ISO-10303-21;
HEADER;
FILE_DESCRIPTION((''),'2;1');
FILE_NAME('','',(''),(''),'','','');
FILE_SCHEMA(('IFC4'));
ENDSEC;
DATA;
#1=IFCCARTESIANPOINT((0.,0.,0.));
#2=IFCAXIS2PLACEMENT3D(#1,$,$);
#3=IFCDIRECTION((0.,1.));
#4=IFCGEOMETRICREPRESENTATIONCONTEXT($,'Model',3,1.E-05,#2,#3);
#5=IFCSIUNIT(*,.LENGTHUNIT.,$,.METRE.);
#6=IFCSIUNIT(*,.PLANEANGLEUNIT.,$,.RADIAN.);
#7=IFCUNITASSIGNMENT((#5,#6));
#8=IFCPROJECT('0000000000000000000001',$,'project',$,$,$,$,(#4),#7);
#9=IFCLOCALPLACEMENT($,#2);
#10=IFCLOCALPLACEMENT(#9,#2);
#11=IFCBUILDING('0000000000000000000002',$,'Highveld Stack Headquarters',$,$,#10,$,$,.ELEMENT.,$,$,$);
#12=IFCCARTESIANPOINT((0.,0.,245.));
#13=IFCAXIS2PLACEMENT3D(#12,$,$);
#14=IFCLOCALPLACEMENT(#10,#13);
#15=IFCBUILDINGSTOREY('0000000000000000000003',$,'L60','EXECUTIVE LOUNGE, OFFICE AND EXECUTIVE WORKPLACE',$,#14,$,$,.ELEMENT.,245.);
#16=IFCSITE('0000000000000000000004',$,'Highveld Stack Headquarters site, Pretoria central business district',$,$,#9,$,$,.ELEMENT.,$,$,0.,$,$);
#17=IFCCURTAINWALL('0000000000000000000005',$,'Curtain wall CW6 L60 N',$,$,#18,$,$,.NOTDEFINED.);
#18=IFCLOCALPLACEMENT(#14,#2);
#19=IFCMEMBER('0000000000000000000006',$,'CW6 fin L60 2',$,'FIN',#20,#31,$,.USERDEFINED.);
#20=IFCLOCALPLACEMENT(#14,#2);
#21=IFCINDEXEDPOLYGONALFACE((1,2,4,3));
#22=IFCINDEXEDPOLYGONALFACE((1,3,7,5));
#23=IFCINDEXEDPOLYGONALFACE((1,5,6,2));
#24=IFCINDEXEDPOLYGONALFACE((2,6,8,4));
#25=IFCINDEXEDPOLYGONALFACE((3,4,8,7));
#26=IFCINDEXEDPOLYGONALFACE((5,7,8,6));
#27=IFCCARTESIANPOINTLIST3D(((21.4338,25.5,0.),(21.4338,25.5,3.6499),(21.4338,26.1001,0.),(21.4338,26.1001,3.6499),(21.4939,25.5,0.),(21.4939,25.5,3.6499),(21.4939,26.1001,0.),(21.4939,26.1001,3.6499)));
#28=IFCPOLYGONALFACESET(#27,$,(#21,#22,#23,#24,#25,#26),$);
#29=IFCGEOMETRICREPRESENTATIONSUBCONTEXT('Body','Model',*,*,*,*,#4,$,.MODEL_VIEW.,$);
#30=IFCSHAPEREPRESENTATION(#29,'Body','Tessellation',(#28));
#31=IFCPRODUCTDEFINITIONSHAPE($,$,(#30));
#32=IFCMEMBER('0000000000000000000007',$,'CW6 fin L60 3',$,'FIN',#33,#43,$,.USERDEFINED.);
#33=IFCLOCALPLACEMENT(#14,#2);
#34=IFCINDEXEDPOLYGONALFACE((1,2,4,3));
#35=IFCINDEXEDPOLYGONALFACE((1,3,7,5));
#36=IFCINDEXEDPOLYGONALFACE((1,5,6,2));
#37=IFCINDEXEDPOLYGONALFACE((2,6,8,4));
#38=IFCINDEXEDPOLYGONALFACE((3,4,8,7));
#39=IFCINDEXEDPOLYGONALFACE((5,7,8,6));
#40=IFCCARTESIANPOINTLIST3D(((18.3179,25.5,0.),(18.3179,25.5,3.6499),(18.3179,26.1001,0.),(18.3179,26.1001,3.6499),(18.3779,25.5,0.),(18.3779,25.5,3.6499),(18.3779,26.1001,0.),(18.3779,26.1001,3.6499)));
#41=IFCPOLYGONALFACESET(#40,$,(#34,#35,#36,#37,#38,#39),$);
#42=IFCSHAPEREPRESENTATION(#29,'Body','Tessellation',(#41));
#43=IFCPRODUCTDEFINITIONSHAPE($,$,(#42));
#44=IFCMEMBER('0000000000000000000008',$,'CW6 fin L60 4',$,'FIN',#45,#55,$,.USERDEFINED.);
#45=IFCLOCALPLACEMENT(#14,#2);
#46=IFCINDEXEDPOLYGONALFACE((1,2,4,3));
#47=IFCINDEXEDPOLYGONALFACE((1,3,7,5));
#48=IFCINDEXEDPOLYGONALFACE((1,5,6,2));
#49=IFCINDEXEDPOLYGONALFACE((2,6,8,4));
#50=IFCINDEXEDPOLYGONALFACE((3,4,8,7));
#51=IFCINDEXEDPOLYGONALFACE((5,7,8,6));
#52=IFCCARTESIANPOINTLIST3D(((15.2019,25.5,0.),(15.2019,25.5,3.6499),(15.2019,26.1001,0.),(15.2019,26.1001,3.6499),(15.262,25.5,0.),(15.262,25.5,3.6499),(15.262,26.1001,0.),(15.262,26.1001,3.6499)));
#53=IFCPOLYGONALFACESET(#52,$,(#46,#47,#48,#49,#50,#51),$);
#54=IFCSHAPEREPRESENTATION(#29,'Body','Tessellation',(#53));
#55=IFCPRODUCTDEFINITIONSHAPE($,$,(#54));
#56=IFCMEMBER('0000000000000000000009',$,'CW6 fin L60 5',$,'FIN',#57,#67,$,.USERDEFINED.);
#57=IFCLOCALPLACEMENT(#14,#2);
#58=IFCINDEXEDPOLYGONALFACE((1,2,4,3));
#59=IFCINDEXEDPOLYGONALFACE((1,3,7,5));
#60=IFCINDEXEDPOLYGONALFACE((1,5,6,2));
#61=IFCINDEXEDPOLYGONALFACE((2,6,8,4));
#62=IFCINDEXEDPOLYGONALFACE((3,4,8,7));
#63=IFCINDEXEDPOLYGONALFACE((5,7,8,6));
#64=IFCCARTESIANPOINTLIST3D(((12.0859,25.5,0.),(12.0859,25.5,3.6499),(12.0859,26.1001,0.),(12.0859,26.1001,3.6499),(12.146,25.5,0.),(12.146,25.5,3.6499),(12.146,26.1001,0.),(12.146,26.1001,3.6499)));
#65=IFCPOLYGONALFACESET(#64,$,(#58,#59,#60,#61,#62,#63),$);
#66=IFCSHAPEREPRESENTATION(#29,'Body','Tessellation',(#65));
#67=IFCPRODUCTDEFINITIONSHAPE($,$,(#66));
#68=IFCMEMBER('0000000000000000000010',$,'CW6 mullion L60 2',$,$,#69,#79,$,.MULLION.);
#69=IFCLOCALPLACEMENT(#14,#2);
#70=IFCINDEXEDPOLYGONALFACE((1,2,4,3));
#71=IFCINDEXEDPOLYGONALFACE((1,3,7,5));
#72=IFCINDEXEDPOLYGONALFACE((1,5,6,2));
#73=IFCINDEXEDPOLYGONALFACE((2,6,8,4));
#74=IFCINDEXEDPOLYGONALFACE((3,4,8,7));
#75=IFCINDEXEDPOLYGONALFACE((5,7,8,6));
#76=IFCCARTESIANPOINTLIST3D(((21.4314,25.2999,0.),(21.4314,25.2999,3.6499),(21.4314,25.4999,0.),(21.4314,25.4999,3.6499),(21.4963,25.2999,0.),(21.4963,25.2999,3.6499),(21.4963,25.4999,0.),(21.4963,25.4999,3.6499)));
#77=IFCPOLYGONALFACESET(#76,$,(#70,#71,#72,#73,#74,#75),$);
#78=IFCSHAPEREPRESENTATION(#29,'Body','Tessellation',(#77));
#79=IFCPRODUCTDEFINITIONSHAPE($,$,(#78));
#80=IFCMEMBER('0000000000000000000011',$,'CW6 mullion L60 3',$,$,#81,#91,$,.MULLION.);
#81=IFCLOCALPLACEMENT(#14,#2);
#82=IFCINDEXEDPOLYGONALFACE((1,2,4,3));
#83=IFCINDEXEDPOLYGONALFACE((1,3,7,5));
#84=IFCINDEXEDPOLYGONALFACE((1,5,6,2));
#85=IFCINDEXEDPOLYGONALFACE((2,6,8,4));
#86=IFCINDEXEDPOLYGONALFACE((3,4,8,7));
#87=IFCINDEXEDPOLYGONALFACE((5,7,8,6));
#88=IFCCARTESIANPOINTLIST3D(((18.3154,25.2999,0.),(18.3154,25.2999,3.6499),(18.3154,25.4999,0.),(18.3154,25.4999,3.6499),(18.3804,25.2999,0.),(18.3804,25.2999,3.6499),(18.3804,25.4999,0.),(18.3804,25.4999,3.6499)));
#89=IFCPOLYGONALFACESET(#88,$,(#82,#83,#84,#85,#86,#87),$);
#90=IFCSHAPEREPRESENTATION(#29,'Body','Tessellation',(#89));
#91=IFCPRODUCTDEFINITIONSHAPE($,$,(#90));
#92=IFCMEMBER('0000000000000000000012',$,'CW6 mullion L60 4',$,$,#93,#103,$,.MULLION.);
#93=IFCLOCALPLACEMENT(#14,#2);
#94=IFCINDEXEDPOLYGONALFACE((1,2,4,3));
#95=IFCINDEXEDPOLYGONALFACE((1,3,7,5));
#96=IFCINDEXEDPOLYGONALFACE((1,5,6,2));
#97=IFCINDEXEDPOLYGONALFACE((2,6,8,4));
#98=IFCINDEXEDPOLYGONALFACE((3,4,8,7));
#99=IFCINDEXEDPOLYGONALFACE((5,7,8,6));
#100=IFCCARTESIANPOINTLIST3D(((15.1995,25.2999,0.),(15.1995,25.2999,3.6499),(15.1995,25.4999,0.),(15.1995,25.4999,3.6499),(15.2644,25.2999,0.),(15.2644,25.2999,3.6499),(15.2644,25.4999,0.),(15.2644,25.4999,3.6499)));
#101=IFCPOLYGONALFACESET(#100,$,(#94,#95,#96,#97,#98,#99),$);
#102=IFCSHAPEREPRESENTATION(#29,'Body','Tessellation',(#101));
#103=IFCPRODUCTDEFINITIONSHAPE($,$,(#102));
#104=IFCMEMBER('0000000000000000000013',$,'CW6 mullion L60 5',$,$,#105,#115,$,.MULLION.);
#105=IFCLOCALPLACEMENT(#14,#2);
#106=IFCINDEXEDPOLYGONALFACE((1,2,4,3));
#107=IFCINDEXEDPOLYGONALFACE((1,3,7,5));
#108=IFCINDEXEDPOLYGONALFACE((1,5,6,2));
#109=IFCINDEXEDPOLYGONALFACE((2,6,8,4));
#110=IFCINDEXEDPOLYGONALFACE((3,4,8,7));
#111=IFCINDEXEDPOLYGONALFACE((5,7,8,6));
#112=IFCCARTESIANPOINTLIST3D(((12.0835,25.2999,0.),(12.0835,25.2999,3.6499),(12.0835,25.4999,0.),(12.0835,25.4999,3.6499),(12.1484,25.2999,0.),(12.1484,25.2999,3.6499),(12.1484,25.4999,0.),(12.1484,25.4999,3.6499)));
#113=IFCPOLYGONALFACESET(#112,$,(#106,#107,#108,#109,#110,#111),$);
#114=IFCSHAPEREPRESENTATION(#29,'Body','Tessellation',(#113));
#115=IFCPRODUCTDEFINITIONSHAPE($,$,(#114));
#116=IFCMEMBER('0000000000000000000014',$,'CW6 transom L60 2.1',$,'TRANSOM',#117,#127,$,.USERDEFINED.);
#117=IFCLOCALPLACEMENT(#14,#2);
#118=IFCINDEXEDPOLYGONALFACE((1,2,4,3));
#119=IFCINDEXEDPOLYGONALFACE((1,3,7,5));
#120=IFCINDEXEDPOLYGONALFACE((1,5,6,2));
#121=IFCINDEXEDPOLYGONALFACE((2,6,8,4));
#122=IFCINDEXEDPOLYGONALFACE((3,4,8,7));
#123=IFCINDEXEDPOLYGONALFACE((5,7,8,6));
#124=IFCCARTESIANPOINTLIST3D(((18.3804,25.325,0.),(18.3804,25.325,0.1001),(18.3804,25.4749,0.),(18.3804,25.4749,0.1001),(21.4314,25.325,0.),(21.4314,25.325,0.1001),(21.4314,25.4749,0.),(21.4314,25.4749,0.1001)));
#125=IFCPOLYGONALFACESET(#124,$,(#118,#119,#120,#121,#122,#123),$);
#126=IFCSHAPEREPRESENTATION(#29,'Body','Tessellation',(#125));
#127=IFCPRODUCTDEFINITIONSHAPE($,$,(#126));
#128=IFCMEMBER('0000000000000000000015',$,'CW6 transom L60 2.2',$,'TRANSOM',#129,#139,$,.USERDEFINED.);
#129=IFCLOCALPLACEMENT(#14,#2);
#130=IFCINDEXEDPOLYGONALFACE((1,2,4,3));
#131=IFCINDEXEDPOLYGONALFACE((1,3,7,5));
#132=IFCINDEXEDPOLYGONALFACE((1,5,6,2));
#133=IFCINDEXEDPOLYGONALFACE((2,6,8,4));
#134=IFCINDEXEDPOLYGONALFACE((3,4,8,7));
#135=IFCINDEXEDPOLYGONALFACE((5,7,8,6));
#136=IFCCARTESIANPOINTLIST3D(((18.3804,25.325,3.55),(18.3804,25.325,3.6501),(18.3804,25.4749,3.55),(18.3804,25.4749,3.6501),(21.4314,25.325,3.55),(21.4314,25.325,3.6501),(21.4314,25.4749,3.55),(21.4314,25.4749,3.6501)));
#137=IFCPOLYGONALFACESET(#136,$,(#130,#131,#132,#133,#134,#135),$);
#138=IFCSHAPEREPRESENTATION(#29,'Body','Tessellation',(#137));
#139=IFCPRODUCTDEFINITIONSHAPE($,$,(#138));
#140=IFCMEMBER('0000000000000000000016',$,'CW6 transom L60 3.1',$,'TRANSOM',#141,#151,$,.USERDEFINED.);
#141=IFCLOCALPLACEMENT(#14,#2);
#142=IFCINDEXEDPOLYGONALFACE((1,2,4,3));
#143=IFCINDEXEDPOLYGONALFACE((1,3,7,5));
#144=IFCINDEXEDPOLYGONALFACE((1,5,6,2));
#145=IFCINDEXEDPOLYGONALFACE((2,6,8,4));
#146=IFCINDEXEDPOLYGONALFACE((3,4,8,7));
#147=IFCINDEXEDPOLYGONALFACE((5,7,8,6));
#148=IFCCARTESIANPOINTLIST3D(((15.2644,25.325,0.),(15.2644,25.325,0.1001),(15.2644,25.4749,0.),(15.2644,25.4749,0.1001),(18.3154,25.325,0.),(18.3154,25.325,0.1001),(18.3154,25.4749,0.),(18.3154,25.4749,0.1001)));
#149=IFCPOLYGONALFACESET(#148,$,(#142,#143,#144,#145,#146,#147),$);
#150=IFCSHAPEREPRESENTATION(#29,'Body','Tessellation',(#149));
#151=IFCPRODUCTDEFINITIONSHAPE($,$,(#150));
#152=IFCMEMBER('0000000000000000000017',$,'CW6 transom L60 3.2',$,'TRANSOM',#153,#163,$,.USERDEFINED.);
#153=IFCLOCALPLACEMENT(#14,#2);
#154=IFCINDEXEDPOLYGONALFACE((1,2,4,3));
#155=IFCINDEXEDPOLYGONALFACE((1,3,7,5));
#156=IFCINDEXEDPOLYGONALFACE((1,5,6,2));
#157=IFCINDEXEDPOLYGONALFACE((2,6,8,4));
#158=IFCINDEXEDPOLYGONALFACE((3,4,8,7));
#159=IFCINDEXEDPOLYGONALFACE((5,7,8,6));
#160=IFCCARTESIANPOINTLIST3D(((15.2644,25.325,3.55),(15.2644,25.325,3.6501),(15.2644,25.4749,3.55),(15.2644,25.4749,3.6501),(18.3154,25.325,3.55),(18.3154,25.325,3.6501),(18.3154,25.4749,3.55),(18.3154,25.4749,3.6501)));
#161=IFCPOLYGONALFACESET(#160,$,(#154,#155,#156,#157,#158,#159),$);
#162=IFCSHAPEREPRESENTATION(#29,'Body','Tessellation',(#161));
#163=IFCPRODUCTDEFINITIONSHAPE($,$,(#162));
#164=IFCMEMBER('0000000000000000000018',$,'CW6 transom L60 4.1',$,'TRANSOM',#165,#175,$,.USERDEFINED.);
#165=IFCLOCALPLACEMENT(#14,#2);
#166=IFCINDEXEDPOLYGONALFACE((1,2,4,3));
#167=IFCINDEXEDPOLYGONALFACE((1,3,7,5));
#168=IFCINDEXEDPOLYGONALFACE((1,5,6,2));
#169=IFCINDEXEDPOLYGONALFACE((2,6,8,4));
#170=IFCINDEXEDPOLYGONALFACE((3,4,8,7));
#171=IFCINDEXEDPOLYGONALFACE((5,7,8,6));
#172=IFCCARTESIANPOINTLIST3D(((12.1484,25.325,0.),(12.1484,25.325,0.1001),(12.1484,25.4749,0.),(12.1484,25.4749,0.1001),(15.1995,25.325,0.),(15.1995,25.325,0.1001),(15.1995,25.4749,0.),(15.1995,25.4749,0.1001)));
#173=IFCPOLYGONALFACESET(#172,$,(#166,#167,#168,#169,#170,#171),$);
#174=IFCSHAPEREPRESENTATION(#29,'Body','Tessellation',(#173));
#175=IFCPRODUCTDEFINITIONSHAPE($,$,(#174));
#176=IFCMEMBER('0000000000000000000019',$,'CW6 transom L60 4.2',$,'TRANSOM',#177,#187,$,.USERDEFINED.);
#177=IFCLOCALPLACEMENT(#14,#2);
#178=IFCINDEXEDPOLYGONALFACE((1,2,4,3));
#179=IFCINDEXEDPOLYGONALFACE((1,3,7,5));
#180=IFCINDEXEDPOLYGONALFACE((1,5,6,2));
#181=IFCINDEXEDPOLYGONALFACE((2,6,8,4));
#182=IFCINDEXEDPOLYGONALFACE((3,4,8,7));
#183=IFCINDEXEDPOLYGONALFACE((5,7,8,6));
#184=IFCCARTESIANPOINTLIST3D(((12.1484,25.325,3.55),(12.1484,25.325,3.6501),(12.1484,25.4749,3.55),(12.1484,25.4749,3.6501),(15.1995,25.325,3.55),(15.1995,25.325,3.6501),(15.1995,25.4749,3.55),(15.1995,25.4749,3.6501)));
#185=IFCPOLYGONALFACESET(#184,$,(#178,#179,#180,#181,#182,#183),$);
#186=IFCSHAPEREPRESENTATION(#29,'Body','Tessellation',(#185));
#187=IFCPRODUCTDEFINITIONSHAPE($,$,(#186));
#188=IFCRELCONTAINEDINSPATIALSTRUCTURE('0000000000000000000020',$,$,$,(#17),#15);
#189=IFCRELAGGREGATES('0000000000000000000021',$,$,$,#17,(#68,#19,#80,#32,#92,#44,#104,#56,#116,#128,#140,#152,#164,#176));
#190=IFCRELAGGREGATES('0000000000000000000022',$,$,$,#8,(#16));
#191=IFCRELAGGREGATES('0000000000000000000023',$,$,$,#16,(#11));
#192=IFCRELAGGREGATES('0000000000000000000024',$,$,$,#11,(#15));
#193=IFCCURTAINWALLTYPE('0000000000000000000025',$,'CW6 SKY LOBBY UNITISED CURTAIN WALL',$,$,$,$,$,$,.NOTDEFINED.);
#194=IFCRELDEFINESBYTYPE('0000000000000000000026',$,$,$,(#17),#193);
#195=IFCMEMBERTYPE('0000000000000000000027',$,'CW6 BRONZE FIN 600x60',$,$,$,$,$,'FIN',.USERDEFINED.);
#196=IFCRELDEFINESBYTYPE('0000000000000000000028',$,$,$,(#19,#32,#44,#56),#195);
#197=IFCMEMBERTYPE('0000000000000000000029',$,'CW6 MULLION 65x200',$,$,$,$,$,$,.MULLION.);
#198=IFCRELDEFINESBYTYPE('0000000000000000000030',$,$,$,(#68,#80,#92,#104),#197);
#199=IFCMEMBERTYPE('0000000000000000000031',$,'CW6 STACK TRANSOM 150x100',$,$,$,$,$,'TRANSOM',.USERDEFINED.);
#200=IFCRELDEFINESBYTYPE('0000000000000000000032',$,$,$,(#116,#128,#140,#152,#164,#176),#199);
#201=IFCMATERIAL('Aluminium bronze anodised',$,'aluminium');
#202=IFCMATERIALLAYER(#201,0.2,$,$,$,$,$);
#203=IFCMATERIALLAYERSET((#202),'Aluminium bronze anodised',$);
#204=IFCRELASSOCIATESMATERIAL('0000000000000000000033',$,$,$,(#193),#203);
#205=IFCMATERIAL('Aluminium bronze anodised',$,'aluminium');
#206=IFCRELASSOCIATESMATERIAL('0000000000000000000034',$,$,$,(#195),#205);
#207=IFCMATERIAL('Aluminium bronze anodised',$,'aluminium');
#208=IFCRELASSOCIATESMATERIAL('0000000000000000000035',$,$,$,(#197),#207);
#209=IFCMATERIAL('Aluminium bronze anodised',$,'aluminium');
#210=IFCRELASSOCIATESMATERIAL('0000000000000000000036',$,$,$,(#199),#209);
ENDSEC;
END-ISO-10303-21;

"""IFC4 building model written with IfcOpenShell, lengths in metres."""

from ifc_helpers import new_model, si_unit, direction, frame, origin, origin_2d, place, context, subcontext, project, spatial, rectangle, extrude, material, layer, layer_set, material_profile, profile_set, type_object, element, aggregate, save


model = new_model("IFC4")

# Units and contexts
model_context = context("Model", 3, precision=1e-05, world=origin(), true_north=direction((0.0, 1.0)))
body_context = subcontext(model_context, "Body", "Model", "MODEL_VIEW")
ifc_project = project(units=[si_unit("LENGTHUNIT", "METRE"), si_unit("PLANEANGLEUNIT", "RADIAN")], contexts=[model_context])

# Site, building, storey
site_placement = place(None, origin())
site = spatial("IfcSite", under=ifc_project, at=site_placement, Name="Highveld Stack Headquarters site, Pretoria central business district", CompositionType="ELEMENT", RefElevation=0.0)
building_placement = place(site_placement, origin())
building = spatial("IfcBuilding", under=site, at=building_placement, Name="Highveld Stack Headquarters", CompositionType="ELEMENT")
storey_placement = place(building_placement, frame((0.0, 0.0, 245.0)))
storey = spatial("IfcBuildingStorey", under=building, at=storey_placement, Name="L60", Description="EXECUTIVE LOUNGE, OFFICE AND EXECUTIVE WORKPLACE", CompositionType="ELEMENT", Elevation=245.0)

# Curtain wall, members
ifc_material_1 = material(Name="Aluminium bronze anodised", Category="aluminium")
ifc_layer_1 = layer(ifc_material_1, 0.2)
ifc_layer_set_1 = layer_set([ifc_layer_1], Name="Aluminium bronze anodised")
curtain_wall_type = type_object("IfcCurtainWallType", Name="CW6 SKY LOBBY UNITISED CURTAIN WALL", PredefinedType="NOTDEFINED", material=ifc_layer_set_1)
curtain_wall_placement = place(storey_placement, origin())
curtain_wall = element("IfcCurtainWall", 1, at=curtain_wall_placement, inside=storey, type_object=curtain_wall_type, Name="Curtain wall CW6 L60 N", PredefinedType="NOTDEFINED")
ifc_material_2 = material(Name="Aluminium bronze anodised", Category="aluminium")
ifc_material_profile_1 = material_profile(ifc_material_2, rectangle(XDim=0.6001, YDim=0.0601, at=origin_2d()), Name="FIN 600x60")
ifc_profile_set_1 = profile_set([ifc_material_profile_1], Name="Aluminium bronze anodised")
member_type_1 = type_object("IfcMemberType", Name="CW6 BRONZE FIN 600x60", ElementType="FIN", PredefinedType="USERDEFINED", material=ifc_profile_set_1)
member_1_placement = place(storey_placement, frame((21.4639, 25.8, 0.0), z_axis=(0.0, 0.0, 1.0), x_axis=(0.0, -1.0, 0.0)))
member_1 = element("IfcMember", 2, at=member_1_placement, type_object=member_type_1, Name="CW6 fin L60 2", ObjectType="FIN", PredefinedType="USERDEFINED", context=body_context, shape_type="SweptSolid", body=[
    extrude(rectangle(XDim=0.6001, YDim=0.0601, at=origin_2d()), origin(), (0.0, 0.0, 1.0), 3.6499),
])
member_2_placement = place(storey_placement, frame((18.3479, 25.8, 0.0), z_axis=(0.0, 0.0, 1.0), x_axis=(0.0, -1.0, 0.0)))
member_2 = element("IfcMember", 3, at=member_2_placement, type_object=member_type_1, Name="CW6 fin L60 3", ObjectType="FIN", PredefinedType="USERDEFINED", context=body_context, shape_type="SweptSolid", body=[
    extrude(rectangle(XDim=0.6001, YDim=0.0601, at=origin_2d()), origin(), (0.0, 0.0, 1.0), 3.6499),
])
member_3_placement = place(storey_placement, frame((15.2319, 25.8, 0.0), z_axis=(0.0, 0.0, 1.0), x_axis=(0.0, -1.0, 0.0)))
member_3 = element("IfcMember", 4, at=member_3_placement, type_object=member_type_1, Name="CW6 fin L60 4", ObjectType="FIN", PredefinedType="USERDEFINED", context=body_context, shape_type="SweptSolid", body=[
    extrude(rectangle(XDim=0.6001, YDim=0.0601, at=origin_2d()), origin(), (0.0, 0.0, 1.0), 3.6499),
])
member_4_placement = place(storey_placement, frame((12.116, 25.8, 0.0), z_axis=(0.0, 0.0, 1.0), x_axis=(0.0, -1.0, 0.0)))
member_4 = element("IfcMember", 5, at=member_4_placement, type_object=member_type_1, Name="CW6 fin L60 5", ObjectType="FIN", PredefinedType="USERDEFINED", context=body_context, shape_type="SweptSolid", body=[
    extrude(rectangle(XDim=0.6001, YDim=0.0601, at=origin_2d()), origin(), (0.0, 0.0, 1.0), 3.6499),
])
ifc_material_3 = material(Name="Aluminium bronze anodised", Category="aluminium")
ifc_material_profile_2 = material_profile(ifc_material_3, rectangle(XDim=0.2, YDim=0.0649, at=origin_2d()), Name="CW6 MULLION 65x200")
ifc_profile_set_2 = profile_set([ifc_material_profile_2], Name="Aluminium bronze anodised")
member_type_2 = type_object("IfcMemberType", Name="CW6 MULLION 65x200", PredefinedType="MULLION", material=ifc_profile_set_2)
member_5_placement = place(storey_placement, frame((21.4639, 25.3999, 0.0), z_axis=(0.0, 0.0, 1.0), x_axis=(0.0, -1.0, 0.0)))
member_5 = element("IfcMember", 6, at=member_5_placement, type_object=member_type_2, Name="CW6 mullion L60 2", PredefinedType="MULLION", context=body_context, shape_type="SweptSolid", body=[
    extrude(rectangle(XDim=0.2, YDim=0.0649, at=origin_2d()), origin(), (0.0, 0.0, 1.0), 3.6499),
])
member_6_placement = place(storey_placement, frame((18.3479, 25.3999, 0.0), z_axis=(0.0, 0.0, 1.0), x_axis=(0.0, -1.0, 0.0)))
member_6 = element("IfcMember", 7, at=member_6_placement, type_object=member_type_2, Name="CW6 mullion L60 3", PredefinedType="MULLION", context=body_context, shape_type="SweptSolid", body=[
    extrude(rectangle(XDim=0.2, YDim=0.0649, at=origin_2d()), origin(), (0.0, 0.0, 1.0), 3.6499),
])
member_7_placement = place(storey_placement, frame((15.2319, 25.3999, 0.0), z_axis=(0.0, 0.0, 1.0), x_axis=(0.0, -1.0, 0.0)))
member_7 = element("IfcMember", 8, at=member_7_placement, type_object=member_type_2, Name="CW6 mullion L60 4", PredefinedType="MULLION", context=body_context, shape_type="SweptSolid", body=[
    extrude(rectangle(XDim=0.2, YDim=0.0649, at=origin_2d()), origin(), (0.0, 0.0, 1.0), 3.6499),
])
member_8_placement = place(storey_placement, frame((12.116, 25.3999, 0.0), z_axis=(0.0, 0.0, 1.0), x_axis=(0.0, -1.0, 0.0)))
member_8 = element("IfcMember", 9, at=member_8_placement, type_object=member_type_2, Name="CW6 mullion L60 5", PredefinedType="MULLION", context=body_context, shape_type="SweptSolid", body=[
    extrude(rectangle(XDim=0.2, YDim=0.0649, at=origin_2d()), origin(), (0.0, 0.0, 1.0), 3.6499),
])
ifc_material_4 = material(Name="Aluminium bronze anodised", Category="aluminium")
ifc_material_profile_3 = material_profile(ifc_material_4, rectangle(XDim=0.1499, YDim=0.1001, at=origin_2d()), Name="CW6 TRANSOM 150x100")
ifc_profile_set_3 = profile_set([ifc_material_profile_3], Name="Aluminium bronze anodised")
member_type_3 = type_object("IfcMemberType", Name="CW6 STACK TRANSOM 150x100", ElementType="TRANSOM", PredefinedType="USERDEFINED", material=ifc_profile_set_3)
member_9_placement = place(storey_placement, frame((21.4314, 25.3999, 0.05), z_axis=(-1.0, 0.0, 0.0), x_axis=(0.0, -1.0, 0.0)))
member_9 = element("IfcMember", 10, at=member_9_placement, type_object=member_type_3, Name="CW6 transom L60 2.1", ObjectType="TRANSOM", PredefinedType="USERDEFINED", context=body_context, shape_type="SweptSolid", body=[
    extrude(rectangle(XDim=0.1499, YDim=0.1001, at=origin_2d()), origin(), (0.0, 0.0, 1.0), 3.051),
])
member_10_placement = place(storey_placement, frame((21.4314, 25.3999, 3.6001), z_axis=(-1.0, 0.0, 0.0), x_axis=(0.0, -1.0, 0.0)))
member_10 = element("IfcMember", 11, at=member_10_placement, type_object=member_type_3, Name="CW6 transom L60 2.2", ObjectType="TRANSOM", PredefinedType="USERDEFINED", context=body_context, shape_type="SweptSolid", body=[
    extrude(rectangle(XDim=0.1499, YDim=0.1001, at=origin_2d()), origin(), (0.0, 0.0, 1.0), 3.051),
])
member_11_placement = place(storey_placement, frame((18.3154, 25.3999, 0.05), z_axis=(-1.0, 0.0, 0.0), x_axis=(0.0, -1.0, 0.0)))
member_11 = element("IfcMember", 12, at=member_11_placement, type_object=member_type_3, Name="CW6 transom L60 3.1", ObjectType="TRANSOM", PredefinedType="USERDEFINED", context=body_context, shape_type="SweptSolid", body=[
    extrude(rectangle(XDim=0.1499, YDim=0.1001, at=origin_2d()), origin(), (0.0, 0.0, 1.0), 3.051),
])
member_12_placement = place(storey_placement, frame((18.3154, 25.3999, 3.6001), z_axis=(-1.0, 0.0, 0.0), x_axis=(0.0, -1.0, 0.0)))
member_12 = element("IfcMember", 13, at=member_12_placement, type_object=member_type_3, Name="CW6 transom L60 3.2", ObjectType="TRANSOM", PredefinedType="USERDEFINED", context=body_context, shape_type="SweptSolid", body=[
    extrude(rectangle(XDim=0.1499, YDim=0.1001, at=origin_2d()), origin(), (0.0, 0.0, 1.0), 3.051),
])
member_13_placement = place(storey_placement, frame((15.1995, 25.3999, 0.05), z_axis=(-1.0, 0.0, 0.0), x_axis=(0.0, -1.0, 0.0)))
member_13 = element("IfcMember", 14, at=member_13_placement, type_object=member_type_3, Name="CW6 transom L60 4.1", ObjectType="TRANSOM", PredefinedType="USERDEFINED", context=body_context, shape_type="SweptSolid", body=[
    extrude(rectangle(XDim=0.1499, YDim=0.1001, at=origin_2d()), origin(), (0.0, 0.0, 1.0), 3.051),
])
member_14_placement = place(storey_placement, frame((15.1995, 25.3999, 3.6001), z_axis=(-1.0, 0.0, 0.0), x_axis=(0.0, -1.0, 0.0)))
member_14 = element("IfcMember", 15, at=member_14_placement, type_object=member_type_3, Name="CW6 transom L60 4.2", ObjectType="TRANSOM", PredefinedType="USERDEFINED", context=body_context, shape_type="SweptSolid", body=[
    extrude(rectangle(XDim=0.1499, YDim=0.1001, at=origin_2d()), origin(), (0.0, 0.0, 1.0), 3.051),
])
aggregate(curtain_wall, [member_5, member_1, member_6, member_2, member_7, member_3, member_8, member_4, member_9, member_10, member_11, member_12, member_13, member_14])

save(model, "model.ifc")
